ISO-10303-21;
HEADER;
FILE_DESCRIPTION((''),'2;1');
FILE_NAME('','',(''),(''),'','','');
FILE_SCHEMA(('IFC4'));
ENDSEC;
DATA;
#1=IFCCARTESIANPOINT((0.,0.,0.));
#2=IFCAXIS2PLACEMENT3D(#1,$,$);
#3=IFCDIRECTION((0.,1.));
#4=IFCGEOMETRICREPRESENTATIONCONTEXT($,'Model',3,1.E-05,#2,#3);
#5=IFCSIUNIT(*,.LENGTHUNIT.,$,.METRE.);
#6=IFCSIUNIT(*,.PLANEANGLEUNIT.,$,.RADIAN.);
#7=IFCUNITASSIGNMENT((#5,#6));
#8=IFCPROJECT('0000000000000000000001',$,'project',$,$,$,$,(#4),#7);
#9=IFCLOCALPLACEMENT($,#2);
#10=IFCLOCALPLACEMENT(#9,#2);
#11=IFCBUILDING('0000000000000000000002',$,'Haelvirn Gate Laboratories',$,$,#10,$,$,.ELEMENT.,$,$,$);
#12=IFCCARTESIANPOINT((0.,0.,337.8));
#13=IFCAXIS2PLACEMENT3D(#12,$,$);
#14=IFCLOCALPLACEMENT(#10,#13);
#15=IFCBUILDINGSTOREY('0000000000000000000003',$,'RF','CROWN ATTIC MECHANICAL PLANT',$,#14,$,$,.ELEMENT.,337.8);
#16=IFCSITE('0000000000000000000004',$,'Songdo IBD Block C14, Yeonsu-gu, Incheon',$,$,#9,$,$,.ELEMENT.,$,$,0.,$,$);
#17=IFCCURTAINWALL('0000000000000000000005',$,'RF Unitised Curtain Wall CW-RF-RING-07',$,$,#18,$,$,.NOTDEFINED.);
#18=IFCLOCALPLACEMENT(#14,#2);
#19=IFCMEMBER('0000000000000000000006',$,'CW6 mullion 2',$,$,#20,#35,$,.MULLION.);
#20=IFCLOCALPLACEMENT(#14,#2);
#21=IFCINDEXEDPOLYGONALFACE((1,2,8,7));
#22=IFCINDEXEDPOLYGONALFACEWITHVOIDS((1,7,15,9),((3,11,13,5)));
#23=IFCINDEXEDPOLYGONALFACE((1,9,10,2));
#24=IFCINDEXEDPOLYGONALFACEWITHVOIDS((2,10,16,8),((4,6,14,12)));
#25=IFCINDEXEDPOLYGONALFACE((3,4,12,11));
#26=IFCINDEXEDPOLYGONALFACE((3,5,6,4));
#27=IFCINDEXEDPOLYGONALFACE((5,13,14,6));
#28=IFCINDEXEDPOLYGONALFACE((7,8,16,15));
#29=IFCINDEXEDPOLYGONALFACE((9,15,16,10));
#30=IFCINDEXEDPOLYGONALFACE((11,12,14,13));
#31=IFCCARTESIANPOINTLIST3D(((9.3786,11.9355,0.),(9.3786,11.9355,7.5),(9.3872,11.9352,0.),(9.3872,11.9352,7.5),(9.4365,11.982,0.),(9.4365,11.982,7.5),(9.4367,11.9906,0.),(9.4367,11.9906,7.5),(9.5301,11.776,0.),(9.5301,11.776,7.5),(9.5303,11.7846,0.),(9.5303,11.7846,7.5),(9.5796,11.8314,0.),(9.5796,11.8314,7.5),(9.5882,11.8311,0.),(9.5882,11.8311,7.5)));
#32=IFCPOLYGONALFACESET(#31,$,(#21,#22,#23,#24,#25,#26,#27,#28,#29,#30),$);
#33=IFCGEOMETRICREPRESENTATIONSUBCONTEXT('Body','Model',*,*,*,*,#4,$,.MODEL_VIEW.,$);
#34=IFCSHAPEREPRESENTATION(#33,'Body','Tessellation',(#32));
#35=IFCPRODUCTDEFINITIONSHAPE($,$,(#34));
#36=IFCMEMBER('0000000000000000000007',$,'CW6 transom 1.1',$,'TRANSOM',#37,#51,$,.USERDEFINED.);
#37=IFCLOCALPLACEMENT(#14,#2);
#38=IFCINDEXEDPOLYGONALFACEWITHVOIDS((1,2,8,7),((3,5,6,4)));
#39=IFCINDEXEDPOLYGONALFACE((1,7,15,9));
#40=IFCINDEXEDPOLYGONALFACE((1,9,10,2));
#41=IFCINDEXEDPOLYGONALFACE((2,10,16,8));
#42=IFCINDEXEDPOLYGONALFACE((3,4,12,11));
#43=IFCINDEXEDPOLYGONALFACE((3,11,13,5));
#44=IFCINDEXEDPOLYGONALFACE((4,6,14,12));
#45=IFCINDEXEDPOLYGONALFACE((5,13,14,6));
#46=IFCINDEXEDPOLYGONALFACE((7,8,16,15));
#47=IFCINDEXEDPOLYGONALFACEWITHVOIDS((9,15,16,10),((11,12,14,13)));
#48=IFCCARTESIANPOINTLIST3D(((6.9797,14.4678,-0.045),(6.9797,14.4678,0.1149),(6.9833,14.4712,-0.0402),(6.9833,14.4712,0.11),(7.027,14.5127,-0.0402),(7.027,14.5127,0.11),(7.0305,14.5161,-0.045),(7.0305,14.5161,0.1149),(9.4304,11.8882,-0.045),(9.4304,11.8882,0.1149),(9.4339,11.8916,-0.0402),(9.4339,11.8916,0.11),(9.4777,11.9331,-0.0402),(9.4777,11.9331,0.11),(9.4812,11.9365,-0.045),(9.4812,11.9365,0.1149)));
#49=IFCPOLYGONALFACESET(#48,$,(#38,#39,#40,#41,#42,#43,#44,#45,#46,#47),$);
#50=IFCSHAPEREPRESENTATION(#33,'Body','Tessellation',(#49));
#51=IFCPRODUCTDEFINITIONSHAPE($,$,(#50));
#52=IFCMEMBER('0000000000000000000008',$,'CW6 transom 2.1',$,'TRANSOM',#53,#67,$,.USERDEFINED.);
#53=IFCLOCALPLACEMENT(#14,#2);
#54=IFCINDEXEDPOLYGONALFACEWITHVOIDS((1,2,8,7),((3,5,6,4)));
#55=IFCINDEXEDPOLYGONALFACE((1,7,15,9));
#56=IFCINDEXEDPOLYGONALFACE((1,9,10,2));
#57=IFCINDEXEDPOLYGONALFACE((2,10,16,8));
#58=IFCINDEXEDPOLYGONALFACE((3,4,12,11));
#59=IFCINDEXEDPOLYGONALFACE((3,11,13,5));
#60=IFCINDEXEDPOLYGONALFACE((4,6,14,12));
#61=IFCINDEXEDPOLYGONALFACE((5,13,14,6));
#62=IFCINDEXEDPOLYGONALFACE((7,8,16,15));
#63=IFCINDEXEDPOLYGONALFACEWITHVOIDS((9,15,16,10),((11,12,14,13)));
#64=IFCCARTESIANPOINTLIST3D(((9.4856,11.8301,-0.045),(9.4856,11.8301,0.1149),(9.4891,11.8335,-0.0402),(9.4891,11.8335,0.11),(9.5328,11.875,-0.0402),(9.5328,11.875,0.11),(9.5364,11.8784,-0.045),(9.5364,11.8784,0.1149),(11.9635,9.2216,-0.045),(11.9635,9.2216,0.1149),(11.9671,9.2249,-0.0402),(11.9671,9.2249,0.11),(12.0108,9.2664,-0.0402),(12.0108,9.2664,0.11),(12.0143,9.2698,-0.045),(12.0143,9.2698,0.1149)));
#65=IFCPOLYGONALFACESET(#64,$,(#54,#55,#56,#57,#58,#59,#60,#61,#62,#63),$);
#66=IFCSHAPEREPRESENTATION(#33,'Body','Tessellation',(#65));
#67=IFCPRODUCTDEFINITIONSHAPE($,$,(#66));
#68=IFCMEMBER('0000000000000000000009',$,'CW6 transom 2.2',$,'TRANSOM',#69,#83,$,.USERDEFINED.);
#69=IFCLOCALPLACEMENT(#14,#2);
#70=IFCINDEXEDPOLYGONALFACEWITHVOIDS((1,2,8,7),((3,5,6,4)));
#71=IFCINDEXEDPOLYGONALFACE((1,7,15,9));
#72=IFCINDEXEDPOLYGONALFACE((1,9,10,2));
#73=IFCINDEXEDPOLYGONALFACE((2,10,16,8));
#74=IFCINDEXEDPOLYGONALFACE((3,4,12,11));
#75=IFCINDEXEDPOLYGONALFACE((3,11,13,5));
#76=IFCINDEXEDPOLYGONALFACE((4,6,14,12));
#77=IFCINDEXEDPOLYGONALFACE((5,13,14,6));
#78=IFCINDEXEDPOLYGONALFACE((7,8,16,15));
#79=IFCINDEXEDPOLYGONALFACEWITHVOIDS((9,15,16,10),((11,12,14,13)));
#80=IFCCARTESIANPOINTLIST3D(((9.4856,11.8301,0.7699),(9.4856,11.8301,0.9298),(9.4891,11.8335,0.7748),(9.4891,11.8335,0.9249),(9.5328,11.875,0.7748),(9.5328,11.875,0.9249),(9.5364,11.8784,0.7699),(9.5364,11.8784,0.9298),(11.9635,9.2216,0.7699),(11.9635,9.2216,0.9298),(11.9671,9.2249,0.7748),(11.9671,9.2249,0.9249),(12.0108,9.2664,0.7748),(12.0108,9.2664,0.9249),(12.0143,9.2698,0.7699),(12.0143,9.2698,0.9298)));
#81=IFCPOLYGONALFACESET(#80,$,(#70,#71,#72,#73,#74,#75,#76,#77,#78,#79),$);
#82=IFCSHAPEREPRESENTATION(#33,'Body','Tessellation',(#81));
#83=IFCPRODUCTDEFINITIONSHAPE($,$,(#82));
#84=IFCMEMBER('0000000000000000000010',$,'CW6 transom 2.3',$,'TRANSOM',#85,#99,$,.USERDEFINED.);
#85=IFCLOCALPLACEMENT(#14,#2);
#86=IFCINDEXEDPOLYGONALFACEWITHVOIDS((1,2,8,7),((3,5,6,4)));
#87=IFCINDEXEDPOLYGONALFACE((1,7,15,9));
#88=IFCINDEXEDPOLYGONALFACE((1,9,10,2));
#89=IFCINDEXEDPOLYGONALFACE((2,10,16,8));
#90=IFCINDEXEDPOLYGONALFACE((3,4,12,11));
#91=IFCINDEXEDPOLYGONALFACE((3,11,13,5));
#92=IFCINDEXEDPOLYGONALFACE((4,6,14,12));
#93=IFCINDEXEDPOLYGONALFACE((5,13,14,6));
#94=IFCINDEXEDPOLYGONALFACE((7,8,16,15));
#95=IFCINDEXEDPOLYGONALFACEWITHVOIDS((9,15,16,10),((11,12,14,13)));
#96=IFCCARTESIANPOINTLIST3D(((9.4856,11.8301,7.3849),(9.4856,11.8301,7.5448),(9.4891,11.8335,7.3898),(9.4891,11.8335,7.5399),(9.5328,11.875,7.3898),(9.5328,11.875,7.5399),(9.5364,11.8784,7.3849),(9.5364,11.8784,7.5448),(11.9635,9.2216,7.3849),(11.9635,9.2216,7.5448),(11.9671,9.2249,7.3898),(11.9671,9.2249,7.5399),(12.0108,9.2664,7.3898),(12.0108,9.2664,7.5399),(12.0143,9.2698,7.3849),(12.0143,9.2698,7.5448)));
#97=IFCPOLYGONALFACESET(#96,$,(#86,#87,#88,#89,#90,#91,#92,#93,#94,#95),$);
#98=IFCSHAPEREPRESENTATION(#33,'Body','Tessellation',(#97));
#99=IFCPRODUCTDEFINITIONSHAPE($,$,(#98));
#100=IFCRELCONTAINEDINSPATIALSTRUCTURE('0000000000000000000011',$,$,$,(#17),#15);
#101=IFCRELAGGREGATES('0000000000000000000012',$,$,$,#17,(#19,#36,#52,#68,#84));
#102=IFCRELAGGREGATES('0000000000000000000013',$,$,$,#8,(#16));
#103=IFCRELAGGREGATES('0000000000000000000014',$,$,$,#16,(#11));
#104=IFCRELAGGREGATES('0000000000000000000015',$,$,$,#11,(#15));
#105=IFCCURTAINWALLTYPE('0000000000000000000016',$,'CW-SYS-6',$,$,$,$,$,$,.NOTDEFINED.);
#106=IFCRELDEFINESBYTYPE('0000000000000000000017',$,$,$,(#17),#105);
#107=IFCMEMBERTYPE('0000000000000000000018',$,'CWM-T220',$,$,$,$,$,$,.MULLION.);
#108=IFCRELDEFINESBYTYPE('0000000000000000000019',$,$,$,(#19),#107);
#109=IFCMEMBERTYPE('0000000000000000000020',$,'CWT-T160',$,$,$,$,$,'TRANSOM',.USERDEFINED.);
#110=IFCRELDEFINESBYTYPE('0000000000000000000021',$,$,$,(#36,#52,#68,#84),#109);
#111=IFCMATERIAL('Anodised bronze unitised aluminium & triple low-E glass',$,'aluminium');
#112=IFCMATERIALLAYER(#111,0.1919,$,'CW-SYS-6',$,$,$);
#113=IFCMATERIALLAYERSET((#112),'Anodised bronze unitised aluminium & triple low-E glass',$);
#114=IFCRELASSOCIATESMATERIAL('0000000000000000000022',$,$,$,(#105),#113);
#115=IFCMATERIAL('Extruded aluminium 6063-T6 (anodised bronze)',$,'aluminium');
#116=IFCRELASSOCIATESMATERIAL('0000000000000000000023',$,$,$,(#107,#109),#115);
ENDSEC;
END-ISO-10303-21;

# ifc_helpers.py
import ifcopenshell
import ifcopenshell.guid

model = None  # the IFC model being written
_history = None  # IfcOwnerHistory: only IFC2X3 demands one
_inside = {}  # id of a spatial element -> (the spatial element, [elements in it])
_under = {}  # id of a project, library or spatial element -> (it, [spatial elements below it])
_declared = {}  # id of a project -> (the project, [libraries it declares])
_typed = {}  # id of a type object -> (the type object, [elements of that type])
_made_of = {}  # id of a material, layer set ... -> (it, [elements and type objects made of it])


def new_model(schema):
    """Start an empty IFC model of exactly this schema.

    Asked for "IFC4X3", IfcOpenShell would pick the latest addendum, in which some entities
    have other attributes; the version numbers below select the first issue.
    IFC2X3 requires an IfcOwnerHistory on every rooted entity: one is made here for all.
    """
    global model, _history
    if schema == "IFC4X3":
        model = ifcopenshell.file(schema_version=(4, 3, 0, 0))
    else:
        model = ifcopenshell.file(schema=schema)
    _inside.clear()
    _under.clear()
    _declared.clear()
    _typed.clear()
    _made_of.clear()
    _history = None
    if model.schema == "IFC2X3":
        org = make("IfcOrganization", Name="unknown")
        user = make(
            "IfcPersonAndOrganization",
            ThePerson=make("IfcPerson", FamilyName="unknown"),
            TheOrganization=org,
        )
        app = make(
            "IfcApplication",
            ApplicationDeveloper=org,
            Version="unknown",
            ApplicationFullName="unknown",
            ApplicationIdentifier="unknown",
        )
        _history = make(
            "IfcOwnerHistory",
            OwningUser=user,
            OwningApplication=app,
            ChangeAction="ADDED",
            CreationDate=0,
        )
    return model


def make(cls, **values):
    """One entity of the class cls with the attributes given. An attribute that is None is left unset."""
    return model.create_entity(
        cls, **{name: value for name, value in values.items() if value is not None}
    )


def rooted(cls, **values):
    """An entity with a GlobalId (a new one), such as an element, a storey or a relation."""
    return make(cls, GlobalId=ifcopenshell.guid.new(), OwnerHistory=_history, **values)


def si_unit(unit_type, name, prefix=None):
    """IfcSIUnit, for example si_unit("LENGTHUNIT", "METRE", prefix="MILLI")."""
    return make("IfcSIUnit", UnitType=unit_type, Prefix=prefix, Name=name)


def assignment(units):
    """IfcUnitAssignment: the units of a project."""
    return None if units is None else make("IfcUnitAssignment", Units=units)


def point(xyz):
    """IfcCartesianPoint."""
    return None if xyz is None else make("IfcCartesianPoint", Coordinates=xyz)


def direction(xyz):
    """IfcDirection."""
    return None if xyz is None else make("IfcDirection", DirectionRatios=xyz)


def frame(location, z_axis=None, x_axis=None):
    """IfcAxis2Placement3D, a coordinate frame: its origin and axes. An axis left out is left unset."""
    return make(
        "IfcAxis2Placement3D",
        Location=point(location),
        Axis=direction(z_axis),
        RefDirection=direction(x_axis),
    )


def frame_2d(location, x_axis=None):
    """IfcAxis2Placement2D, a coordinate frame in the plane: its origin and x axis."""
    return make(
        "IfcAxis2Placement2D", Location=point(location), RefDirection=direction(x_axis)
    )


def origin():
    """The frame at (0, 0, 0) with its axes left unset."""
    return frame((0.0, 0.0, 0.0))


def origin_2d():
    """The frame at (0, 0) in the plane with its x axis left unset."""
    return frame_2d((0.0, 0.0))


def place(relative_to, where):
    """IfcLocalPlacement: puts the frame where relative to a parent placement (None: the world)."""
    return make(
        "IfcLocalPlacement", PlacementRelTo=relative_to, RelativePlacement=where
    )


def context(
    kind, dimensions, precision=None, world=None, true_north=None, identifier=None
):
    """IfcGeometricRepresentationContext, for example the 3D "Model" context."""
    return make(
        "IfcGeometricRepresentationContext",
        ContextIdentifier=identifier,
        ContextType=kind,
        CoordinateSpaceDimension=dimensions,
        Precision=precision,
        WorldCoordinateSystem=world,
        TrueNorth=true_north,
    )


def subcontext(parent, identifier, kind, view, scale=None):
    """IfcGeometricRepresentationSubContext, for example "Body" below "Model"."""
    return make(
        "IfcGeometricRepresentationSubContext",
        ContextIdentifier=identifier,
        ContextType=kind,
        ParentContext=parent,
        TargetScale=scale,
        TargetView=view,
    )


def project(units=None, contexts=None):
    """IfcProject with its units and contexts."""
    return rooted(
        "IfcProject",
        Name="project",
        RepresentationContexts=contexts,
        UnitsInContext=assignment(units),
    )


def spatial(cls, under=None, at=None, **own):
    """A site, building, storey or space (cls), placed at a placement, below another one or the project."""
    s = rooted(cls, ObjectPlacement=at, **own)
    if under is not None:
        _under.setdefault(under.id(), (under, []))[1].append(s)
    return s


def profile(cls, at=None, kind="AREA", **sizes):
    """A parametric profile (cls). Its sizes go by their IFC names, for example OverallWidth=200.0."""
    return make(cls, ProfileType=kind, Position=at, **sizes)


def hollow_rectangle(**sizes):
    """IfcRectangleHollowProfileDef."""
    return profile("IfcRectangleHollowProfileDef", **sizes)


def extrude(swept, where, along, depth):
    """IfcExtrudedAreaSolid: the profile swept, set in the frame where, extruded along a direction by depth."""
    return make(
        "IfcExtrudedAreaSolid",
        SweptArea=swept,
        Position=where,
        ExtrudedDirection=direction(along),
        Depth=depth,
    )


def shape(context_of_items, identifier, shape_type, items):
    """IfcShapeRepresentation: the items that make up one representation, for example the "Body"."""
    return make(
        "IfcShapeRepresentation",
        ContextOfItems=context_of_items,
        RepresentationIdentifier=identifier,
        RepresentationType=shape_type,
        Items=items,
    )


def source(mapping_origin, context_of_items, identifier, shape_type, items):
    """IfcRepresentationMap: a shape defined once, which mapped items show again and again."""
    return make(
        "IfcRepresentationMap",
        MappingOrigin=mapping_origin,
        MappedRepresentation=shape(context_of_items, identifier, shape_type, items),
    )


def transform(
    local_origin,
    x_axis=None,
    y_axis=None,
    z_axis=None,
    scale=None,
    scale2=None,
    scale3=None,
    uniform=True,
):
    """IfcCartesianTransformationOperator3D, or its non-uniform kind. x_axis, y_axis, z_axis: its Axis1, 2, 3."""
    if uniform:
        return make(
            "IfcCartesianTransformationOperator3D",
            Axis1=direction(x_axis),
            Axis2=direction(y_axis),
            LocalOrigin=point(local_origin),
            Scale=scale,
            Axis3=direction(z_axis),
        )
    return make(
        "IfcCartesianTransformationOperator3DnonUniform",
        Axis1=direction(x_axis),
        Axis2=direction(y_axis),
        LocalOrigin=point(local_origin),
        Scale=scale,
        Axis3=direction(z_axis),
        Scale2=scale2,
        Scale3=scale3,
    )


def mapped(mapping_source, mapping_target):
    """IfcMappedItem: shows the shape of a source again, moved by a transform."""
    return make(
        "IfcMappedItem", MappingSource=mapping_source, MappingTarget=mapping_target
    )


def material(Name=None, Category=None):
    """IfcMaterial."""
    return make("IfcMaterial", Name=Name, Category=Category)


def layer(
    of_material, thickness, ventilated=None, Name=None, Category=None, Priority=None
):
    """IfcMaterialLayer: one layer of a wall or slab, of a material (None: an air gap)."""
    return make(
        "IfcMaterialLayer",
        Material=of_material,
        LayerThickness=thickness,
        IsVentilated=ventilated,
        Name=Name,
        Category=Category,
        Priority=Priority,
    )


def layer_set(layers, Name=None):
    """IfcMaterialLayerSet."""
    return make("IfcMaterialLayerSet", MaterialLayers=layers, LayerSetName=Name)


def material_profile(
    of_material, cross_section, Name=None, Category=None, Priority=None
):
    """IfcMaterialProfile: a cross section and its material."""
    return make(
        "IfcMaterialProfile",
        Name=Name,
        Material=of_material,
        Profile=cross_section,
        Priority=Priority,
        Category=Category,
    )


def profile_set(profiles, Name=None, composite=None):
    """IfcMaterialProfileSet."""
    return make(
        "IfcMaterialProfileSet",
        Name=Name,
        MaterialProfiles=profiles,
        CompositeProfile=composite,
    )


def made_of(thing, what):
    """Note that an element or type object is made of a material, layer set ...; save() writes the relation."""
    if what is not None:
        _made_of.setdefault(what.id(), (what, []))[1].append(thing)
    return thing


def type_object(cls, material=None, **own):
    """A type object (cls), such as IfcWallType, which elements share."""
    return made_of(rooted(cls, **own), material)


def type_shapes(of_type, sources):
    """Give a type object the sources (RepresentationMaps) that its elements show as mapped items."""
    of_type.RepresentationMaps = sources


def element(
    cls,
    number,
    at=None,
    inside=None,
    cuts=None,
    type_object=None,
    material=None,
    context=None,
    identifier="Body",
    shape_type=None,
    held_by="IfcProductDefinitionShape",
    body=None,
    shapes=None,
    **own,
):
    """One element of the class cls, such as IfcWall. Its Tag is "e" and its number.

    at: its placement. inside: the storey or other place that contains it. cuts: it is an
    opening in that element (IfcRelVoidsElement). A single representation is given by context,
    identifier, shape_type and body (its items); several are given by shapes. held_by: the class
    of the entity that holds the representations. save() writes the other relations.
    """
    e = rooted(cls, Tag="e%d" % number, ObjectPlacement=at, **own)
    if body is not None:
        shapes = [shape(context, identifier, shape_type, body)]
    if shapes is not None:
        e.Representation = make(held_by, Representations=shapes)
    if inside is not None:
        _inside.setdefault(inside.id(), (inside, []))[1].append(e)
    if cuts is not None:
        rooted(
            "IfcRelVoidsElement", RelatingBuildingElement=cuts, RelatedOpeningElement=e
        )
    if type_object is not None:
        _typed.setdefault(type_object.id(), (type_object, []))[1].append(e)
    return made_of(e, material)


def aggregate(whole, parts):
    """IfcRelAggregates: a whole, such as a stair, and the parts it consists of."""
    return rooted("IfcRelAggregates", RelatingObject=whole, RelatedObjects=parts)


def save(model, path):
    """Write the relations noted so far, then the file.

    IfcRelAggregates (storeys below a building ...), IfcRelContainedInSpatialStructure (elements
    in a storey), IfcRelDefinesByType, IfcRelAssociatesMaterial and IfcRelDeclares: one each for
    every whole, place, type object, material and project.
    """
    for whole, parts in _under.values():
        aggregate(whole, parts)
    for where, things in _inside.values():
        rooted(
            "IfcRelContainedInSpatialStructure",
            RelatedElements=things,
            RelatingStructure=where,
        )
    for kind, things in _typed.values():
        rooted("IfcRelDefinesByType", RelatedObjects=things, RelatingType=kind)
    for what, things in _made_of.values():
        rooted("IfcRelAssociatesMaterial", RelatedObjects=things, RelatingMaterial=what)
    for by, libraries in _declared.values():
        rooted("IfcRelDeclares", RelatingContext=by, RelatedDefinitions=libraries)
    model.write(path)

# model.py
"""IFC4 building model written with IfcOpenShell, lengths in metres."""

from ifc_helpers import new_model, si_unit, direction, frame, origin, origin_2d, place, context, subcontext, project, spatial, hollow_rectangle, extrude, source, transform, mapped, material, layer, layer_set, material_profile, profile_set, type_object, type_shapes, element, aggregate, save


model = new_model("IFC4")

# Units and contexts
model_context = context("Model", 3, precision=1e-05, world=origin(), true_north=direction((0.0, 1.0)))
body_context = subcontext(model_context, "Body", "Model", "MODEL_VIEW")
ifc_project = project(units=[si_unit("LENGTHUNIT", "METRE"), si_unit("PLANEANGLEUNIT", "RADIAN")], contexts=[model_context])

# Site, building, storey
site_placement = place(None, origin())
site = spatial("IfcSite", under=ifc_project, at=site_placement, Name="Songdo IBD Block C14, Yeonsu-gu, Incheon", CompositionType="ELEMENT", RefElevation=0.0)
building_placement = place(site_placement, origin())
building = spatial("IfcBuilding", under=site, at=building_placement, Name="Haelvirn Gate Laboratories", CompositionType="ELEMENT")
storey_placement = place(building_placement, frame((0.0, 0.0, 337.8)))
storey = spatial("IfcBuildingStorey", under=building, at=storey_placement, Name="RF", Description="CROWN ATTIC MECHANICAL PLANT", CompositionType="ELEMENT", Elevation=337.8)

# Curtain wall, members
ifc_material_1 = material(Name="Anodised bronze unitised aluminium & triple low-E glass", Category="aluminium")
ifc_layer_1 = layer(ifc_material_1, 0.1919, Name="CW-SYS-6")
ifc_layer_set_1 = layer_set([ifc_layer_1], Name="Anodised bronze unitised aluminium & triple low-E glass")
curtain_wall_type = type_object("IfcCurtainWallType", Name="CW-SYS-6", PredefinedType="NOTDEFINED", material=ifc_layer_set_1)
curtain_wall_placement = place(storey_placement, origin())
curtain_wall = element("IfcCurtainWall", 1, at=curtain_wall_placement, inside=storey, type_object=curtain_wall_type, Name="RF Unitised Curtain Wall CW-RF-RING-07", PredefinedType="NOTDEFINED")
ifc_material_2 = material(Name="Extruded aluminium 6063-T6 (anodised bronze)", Category="aluminium")
ifc_material_profile_1 = material_profile(ifc_material_2, hollow_rectangle(XDim=0.0801, YDim=0.22, WallThickness=0.0061, at=origin_2d()), Name="CWM-220x80x6")
ifc_profile_set_1 = profile_set([ifc_material_profile_1], Name="Extruded aluminium 6063-T6 (anodised bronze)")
member_type_1 = type_object("IfcMemberType", Name="CWM-T220", PredefinedType="MULLION", material=ifc_profile_set_1)
shared_shape_1 = source(origin(), body_context, "Body", "SweptSolid", [
    extrude(hollow_rectangle(XDim=0.0801, YDim=0.22, WallThickness=0.0061, at=origin_2d()), origin(), (0.0, 0.0, 1.0), 7.5),
])
type_shapes(member_type_1, [shared_shape_1])
member_1_placement = place(storey_placement, frame((9.4834, 11.8833, 0.0), z_axis=(0.0, 0.0, 1.0), x_axis=(0.724999, 0.688749, 0.0)))
member_1 = element("IfcMember", 2, at=member_1_placement, type_object=member_type_1, Name="CW6 mullion 2", PredefinedType="MULLION", context=body_context, shape_type="MappedRepresentation", body=[
    mapped(shared_shape_1, transform((0.0, 0.0, 0.0), scale=1.0)),
])
ifc_material_profile_2 = material_profile(ifc_material_2, hollow_rectangle(XDim=0.0701, YDim=0.1599, WallThickness=0.0049, at=origin_2d()), Name="CWT-160x70x5")
ifc_profile_set_2 = profile_set([ifc_material_profile_2], Name="Extruded aluminium 6063-T6 (anodised bronze)")
member_type_2 = type_object("IfcMemberType", Name="CWT-T160", ElementType="TRANSOM", PredefinedType="USERDEFINED", material=ifc_profile_set_2)
shared_shape_2 = source(origin(), body_context, "Body", "SweptSolid", [
    extrude(hollow_rectangle(XDim=0.0701, YDim=0.1599, WallThickness=0.0049, at=origin_2d()), origin(), (0.0, 0.0, 1.0), 3.5581),
])
member_2_placement = place(storey_placement, frame((7.0051, 14.4919, 0.0349), z_axis=(0.68876, -0.724989, 0.0), x_axis=(0.724989, 0.68876, 0.0)))
member_2 = element("IfcMember", 3, at=member_2_placement, type_object=member_type_2, Name="CW6 transom 1.1", ObjectType="TRANSOM", PredefinedType="USERDEFINED", context=body_context, shape_type="MappedRepresentation", body=[
    mapped(shared_shape_2, transform((0.0, 0.0, 0.0), scale=1.0)),
])
shared_shape_3 = source(origin(), body_context, "Body", "SweptSolid", [
    extrude(hollow_rectangle(XDim=0.0701, YDim=0.1599, WallThickness=0.0049, at=origin_2d()), origin(), (0.0, 0.0, 1.0), 3.5979),
])
type_shapes(member_type_2, [shared_shape_2, shared_shape_3])
member_3_placement = place(storey_placement, frame((9.511, 11.8542, 0.0349), z_axis=(0.688723, -0.725025, 0.0), x_axis=(0.725025, 0.688723, 0.0)))
member_3 = element("IfcMember", 4, at=member_3_placement, type_object=member_type_2, Name="CW6 transom 2.1", ObjectType="TRANSOM", PredefinedType="USERDEFINED", context=body_context, shape_type="MappedRepresentation", body=[
    mapped(shared_shape_3, transform((0.0, 0.0, 0.0), scale=1.0)),
])
member_4_placement = place(storey_placement, frame((9.511, 11.8542, 0.8499), z_axis=(0.688723, -0.725025, 0.0), x_axis=(0.725025, 0.688723, 0.0)))
member_4 = element("IfcMember", 5, at=member_4_placement, type_object=member_type_2, Name="CW6 transom 2.2", ObjectType="TRANSOM", PredefinedType="USERDEFINED", context=body_context, shape_type="MappedRepresentation", body=[
    mapped(shared_shape_3, transform((0.0, 0.0, 0.0), scale=1.0)),
])
member_5_placement = place(storey_placement, frame((9.511, 11.8542, 7.4648), z_axis=(0.688723, -0.725025, 0.0), x_axis=(0.725025, 0.688723, 0.0)))
member_5 = element("IfcMember", 6, at=member_5_placement, type_object=member_type_2, Name="CW6 transom 2.3", ObjectType="TRANSOM", PredefinedType="USERDEFINED", context=body_context, shape_type="MappedRepresentation", body=[
    mapped(shared_shape_3, transform((0.0, 0.0, 0.0), scale=1.0)),
])

aggregate(curtain_wall, [member_1, member_2, member_3, member_4, member_5])

save(model, "model.ifc")
